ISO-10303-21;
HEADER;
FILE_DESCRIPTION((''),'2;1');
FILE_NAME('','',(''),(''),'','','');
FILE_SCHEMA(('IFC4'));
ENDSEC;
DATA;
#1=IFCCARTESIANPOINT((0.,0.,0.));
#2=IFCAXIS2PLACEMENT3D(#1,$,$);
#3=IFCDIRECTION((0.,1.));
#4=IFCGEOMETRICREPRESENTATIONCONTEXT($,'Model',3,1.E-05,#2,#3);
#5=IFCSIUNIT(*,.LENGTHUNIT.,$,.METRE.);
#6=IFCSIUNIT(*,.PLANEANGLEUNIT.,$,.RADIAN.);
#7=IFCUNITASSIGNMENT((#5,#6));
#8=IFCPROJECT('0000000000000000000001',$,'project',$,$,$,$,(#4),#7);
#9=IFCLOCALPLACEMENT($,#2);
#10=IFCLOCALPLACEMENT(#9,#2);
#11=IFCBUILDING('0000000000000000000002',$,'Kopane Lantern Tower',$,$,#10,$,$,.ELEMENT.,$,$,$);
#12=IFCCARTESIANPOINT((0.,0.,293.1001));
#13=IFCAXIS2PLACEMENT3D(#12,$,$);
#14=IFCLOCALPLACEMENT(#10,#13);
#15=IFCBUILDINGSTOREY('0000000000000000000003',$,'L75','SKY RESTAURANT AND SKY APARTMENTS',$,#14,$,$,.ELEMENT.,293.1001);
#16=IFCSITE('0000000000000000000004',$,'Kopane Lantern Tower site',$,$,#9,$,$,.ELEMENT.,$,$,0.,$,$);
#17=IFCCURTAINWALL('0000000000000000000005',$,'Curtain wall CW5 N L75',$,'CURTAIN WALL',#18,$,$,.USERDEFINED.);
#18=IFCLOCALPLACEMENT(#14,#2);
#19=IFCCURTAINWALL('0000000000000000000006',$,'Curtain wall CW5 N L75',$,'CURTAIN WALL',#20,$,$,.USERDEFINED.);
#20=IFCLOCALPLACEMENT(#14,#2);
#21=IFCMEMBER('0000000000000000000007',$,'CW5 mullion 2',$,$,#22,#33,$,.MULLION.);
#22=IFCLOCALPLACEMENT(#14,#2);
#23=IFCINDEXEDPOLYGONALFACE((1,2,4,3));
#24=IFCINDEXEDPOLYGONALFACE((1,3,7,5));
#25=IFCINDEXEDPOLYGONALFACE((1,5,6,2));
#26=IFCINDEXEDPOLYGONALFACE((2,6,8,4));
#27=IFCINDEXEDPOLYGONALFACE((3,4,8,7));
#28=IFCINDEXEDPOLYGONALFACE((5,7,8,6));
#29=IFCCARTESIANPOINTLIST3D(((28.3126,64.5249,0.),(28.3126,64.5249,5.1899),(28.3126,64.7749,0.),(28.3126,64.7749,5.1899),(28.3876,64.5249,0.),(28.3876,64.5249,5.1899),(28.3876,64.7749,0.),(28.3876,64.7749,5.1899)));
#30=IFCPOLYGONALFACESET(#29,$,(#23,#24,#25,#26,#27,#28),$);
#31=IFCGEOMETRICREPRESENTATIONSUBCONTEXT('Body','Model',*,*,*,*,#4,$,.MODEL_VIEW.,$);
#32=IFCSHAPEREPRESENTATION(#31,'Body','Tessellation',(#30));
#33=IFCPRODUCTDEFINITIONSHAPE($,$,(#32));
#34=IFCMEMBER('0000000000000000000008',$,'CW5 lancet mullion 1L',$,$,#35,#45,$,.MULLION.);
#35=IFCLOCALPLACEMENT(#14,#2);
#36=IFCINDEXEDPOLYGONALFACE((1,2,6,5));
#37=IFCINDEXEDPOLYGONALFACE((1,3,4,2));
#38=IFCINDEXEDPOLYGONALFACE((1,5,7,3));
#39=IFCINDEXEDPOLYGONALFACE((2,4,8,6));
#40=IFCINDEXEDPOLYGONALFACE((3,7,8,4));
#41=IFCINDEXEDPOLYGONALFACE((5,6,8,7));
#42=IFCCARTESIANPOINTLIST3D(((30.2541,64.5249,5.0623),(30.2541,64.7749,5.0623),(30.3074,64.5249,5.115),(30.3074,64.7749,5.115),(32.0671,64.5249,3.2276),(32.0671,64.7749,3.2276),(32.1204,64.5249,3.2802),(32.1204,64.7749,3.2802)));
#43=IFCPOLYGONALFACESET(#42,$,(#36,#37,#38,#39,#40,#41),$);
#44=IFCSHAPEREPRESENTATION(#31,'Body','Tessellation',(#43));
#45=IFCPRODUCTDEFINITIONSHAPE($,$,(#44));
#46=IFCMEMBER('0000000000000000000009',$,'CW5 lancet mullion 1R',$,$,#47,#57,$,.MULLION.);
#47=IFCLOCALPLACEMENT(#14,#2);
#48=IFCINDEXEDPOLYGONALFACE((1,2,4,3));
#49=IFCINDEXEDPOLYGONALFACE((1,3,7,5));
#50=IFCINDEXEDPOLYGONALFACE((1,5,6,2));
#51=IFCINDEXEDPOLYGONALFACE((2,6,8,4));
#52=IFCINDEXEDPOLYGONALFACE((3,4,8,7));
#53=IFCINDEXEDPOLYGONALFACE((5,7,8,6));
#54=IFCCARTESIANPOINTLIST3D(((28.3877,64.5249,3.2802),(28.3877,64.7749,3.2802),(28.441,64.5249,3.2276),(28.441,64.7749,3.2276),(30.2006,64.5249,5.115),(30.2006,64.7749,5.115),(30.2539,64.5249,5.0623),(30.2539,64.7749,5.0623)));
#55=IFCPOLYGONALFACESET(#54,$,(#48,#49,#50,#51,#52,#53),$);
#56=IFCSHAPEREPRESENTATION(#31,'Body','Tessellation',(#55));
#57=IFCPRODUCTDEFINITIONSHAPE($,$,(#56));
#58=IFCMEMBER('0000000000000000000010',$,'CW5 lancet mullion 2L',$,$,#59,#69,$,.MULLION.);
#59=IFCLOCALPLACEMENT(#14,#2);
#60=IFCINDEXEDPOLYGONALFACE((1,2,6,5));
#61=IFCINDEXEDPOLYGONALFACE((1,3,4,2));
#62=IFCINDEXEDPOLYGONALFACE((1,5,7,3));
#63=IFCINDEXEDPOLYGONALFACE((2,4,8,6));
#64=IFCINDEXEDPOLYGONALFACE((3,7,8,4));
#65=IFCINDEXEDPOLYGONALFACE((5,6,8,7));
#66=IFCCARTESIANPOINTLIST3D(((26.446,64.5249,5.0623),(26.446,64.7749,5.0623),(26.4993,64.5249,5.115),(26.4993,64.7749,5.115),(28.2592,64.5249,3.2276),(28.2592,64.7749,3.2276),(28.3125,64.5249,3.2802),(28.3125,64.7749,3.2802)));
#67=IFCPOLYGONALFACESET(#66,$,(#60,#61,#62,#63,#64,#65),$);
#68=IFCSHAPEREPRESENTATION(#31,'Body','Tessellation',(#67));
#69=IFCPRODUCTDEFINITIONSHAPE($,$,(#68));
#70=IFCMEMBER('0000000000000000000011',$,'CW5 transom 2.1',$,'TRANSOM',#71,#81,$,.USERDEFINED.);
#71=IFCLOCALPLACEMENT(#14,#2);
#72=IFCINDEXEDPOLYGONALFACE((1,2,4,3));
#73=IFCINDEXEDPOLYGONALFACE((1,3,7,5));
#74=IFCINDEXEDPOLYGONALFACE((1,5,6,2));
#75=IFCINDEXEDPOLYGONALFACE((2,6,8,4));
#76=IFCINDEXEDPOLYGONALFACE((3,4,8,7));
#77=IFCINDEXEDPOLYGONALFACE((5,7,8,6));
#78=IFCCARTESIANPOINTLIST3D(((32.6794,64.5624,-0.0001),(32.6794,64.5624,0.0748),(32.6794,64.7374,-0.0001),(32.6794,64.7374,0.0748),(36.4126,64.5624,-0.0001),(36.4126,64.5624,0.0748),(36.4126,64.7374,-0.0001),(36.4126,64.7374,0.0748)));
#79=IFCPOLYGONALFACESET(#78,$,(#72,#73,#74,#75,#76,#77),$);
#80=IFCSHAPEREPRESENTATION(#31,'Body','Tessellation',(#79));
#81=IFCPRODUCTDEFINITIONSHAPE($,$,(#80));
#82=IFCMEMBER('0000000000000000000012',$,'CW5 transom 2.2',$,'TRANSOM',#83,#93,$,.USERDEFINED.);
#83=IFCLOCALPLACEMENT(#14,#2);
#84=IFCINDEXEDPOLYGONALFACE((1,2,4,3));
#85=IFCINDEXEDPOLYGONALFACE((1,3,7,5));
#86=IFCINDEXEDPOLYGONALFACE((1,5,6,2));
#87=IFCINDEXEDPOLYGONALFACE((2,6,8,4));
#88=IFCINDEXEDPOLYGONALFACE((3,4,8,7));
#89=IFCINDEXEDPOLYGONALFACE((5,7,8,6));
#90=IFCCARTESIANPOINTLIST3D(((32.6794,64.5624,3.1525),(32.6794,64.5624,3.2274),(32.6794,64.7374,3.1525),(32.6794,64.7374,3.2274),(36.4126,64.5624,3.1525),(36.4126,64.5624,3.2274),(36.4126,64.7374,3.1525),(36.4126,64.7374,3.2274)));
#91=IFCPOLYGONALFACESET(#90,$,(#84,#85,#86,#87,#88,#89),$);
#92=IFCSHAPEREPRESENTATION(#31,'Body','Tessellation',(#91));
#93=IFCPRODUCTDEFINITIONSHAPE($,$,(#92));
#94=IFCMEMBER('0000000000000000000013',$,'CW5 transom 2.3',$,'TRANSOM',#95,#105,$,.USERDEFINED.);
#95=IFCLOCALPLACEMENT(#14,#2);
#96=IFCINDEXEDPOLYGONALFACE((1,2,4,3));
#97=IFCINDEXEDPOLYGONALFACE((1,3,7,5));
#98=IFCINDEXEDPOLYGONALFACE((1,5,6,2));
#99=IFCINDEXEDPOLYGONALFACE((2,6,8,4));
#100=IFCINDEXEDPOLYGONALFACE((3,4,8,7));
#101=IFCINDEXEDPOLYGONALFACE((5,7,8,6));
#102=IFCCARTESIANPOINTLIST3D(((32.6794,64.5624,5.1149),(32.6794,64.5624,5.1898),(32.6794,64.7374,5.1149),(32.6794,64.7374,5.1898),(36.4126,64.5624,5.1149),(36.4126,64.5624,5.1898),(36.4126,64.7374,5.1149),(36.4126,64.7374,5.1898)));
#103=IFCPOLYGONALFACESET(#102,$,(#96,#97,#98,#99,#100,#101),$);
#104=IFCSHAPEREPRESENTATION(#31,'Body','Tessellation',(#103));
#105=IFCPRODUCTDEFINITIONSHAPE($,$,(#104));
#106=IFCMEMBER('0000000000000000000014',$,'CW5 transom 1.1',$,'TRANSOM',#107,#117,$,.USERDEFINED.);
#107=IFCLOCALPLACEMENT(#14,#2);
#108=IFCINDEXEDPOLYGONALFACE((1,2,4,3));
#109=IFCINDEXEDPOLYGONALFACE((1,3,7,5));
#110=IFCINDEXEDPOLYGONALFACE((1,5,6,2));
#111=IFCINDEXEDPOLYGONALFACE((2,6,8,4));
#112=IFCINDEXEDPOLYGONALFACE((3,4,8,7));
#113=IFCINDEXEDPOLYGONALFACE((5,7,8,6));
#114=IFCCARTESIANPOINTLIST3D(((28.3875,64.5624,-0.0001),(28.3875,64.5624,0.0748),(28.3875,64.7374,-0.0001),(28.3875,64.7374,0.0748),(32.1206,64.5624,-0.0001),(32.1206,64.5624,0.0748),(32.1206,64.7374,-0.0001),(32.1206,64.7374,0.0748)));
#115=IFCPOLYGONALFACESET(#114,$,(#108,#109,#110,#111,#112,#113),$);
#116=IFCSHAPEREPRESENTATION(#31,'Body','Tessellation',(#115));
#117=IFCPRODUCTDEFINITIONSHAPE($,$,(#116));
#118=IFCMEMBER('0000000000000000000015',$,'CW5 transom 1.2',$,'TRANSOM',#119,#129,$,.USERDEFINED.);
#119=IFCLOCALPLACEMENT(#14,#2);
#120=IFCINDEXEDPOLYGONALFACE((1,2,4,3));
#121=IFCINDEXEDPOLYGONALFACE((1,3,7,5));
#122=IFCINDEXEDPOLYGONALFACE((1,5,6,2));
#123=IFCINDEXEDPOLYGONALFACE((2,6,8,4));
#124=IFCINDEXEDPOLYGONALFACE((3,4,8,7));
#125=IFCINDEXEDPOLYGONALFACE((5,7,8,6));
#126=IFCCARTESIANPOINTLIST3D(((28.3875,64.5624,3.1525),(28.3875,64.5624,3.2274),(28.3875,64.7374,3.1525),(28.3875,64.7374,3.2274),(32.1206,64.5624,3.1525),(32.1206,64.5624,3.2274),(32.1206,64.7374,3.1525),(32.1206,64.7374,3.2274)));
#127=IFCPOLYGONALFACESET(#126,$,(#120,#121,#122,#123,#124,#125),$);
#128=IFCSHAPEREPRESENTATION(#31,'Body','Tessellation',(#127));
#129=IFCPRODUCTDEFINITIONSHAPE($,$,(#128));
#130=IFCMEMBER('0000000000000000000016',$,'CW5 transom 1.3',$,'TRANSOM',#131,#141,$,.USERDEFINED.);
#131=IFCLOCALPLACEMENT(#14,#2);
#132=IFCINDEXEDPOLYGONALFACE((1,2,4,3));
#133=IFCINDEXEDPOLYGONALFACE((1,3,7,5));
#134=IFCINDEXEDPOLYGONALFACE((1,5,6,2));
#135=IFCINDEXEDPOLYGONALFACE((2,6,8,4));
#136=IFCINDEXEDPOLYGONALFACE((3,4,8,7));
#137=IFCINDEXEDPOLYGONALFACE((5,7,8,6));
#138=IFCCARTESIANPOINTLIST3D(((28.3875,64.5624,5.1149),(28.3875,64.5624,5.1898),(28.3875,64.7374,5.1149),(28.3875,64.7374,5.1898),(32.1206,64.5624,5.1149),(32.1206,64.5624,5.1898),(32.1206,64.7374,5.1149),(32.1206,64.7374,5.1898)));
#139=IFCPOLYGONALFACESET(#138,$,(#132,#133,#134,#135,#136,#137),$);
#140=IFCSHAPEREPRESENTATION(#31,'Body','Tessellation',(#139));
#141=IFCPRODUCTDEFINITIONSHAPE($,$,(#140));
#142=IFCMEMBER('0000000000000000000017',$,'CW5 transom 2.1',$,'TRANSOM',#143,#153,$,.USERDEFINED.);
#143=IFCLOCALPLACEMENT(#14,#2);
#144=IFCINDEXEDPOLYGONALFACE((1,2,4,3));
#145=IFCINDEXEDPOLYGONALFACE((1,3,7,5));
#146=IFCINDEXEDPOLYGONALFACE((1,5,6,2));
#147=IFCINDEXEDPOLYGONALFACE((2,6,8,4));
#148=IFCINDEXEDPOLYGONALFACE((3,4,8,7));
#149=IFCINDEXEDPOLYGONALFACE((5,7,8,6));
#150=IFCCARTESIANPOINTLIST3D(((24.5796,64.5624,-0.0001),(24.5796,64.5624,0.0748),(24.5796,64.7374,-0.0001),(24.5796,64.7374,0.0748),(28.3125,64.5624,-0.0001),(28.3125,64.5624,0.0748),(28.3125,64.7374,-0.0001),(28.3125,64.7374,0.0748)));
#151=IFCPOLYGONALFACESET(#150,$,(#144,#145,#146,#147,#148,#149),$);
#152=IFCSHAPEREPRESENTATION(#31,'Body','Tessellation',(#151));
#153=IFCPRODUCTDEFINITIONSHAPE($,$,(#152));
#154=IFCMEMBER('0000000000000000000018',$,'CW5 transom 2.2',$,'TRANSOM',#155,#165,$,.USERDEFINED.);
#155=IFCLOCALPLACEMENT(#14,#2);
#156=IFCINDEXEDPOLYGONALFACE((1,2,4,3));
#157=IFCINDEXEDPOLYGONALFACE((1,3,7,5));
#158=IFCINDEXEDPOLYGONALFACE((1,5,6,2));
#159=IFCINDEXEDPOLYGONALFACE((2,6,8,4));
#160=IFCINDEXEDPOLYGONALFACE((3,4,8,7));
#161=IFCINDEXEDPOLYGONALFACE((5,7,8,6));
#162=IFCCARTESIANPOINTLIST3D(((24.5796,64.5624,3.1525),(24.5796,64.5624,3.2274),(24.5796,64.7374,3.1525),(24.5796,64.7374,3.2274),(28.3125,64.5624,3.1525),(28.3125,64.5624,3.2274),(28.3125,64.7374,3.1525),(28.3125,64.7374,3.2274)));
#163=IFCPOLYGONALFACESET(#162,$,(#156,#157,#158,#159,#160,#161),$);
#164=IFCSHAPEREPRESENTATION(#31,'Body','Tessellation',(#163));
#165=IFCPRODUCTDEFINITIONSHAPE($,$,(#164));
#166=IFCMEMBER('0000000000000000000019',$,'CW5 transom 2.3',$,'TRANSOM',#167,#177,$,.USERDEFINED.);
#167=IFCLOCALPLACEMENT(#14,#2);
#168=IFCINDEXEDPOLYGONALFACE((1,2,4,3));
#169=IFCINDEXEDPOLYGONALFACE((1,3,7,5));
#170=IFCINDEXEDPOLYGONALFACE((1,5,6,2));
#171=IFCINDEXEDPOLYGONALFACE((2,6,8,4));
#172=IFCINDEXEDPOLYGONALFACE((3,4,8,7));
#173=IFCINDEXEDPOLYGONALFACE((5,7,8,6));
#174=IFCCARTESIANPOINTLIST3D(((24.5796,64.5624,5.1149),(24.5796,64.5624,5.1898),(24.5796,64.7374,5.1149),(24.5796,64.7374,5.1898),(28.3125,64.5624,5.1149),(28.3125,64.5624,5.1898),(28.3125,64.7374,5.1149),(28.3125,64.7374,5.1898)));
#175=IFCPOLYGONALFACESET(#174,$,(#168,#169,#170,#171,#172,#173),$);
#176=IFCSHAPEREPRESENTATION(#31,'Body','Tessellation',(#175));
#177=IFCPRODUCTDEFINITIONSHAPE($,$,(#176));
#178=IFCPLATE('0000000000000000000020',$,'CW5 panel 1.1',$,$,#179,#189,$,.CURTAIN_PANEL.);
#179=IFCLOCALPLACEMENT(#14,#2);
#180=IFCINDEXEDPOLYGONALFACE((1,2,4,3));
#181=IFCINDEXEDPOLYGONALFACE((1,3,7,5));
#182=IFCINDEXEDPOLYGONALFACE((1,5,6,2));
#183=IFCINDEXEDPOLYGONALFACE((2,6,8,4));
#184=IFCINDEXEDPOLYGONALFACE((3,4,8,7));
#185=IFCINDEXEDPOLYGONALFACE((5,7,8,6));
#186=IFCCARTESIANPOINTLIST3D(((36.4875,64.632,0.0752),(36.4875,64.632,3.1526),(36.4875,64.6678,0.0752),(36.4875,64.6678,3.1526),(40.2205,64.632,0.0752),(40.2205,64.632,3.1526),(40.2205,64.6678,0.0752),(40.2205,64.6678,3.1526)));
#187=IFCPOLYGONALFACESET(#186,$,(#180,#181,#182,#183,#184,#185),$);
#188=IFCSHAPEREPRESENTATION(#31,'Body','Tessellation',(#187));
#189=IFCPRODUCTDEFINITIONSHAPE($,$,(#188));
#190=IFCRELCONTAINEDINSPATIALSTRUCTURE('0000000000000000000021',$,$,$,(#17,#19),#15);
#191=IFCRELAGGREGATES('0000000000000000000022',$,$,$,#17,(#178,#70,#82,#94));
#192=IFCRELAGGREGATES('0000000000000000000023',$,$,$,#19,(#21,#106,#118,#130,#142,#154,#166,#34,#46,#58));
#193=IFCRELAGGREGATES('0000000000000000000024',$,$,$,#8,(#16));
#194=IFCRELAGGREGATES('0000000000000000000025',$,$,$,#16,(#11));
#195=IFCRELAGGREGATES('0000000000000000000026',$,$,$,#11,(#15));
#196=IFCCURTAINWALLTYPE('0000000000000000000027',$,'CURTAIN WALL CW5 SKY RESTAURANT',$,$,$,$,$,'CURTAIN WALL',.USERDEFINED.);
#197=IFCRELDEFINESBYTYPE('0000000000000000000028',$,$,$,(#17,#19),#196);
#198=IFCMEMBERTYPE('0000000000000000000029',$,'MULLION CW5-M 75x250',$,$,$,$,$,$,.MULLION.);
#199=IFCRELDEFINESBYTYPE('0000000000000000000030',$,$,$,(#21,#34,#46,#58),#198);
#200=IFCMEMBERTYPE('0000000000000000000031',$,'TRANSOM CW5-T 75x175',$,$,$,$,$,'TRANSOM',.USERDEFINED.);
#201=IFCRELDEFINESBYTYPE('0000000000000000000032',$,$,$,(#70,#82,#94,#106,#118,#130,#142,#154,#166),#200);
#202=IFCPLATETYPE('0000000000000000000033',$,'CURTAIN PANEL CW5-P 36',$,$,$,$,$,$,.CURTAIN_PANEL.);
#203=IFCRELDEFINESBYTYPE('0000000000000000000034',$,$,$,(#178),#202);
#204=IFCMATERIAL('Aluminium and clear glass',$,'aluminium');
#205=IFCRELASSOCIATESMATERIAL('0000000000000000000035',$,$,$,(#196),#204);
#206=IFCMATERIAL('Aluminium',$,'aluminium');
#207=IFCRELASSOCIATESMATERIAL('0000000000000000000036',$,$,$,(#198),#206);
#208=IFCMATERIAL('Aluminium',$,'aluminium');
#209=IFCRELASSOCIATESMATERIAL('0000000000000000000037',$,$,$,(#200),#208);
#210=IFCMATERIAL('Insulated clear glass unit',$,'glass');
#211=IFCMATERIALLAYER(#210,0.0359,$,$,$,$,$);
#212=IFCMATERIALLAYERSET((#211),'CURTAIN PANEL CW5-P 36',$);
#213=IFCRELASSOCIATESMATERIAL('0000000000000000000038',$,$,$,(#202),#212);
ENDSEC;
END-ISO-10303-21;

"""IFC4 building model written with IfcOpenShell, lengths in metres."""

from ifc_helpers import new_model, si_unit, direction, frame, origin, origin_2d, place, context, subcontext, project, spatial, rectangle, extrude, material, layer, layer_set, material_profile, profile_set, type_object, element, aggregate, save


model = new_model("IFC4")

# Units and contexts
model_context = context("Model", 3, precision=1e-05, world=origin(), true_north=direction((0.0, 1.0)))
body_context = subcontext(model_context, "Body", "Model", "MODEL_VIEW")
ifc_project = project(units=[si_unit("LENGTHUNIT", "METRE"), si_unit("PLANEANGLEUNIT", "RADIAN")], contexts=[model_context])

# Site, building, storey
site_placement = place(None, origin())
site = spatial("IfcSite", under=ifc_project, at=site_placement, Name="Kopane Lantern Tower site", CompositionType="ELEMENT", RefElevation=0.0)
building_placement = place(site_placement, origin())
building = spatial("IfcBuilding", under=site, at=building_placement, Name="Kopane Lantern Tower", CompositionType="ELEMENT")
storey_placement = place(building_placement, frame((0.0, 0.0, 293.1001)))
storey = spatial("IfcBuildingStorey", under=building, at=storey_placement, Name="L75", Description="SKY RESTAURANT AND SKY APARTMENTS", CompositionType="ELEMENT", Elevation=293.1001)

# Curtain walls, members
ifc_material_1 = material(Name="Aluminium and clear glass", Category="aluminium")
curtain_wall_type = type_object("IfcCurtainWallType", Name="CURTAIN WALL CW5 SKY RESTAURANT", ElementType="CURTAIN WALL", PredefinedType="USERDEFINED", material=ifc_material_1)
curtain_wall_1_placement = place(storey_placement, origin())
curtain_wall_1 = element("IfcCurtainWall", 1, at=curtain_wall_1_placement, inside=storey, type_object=curtain_wall_type, Name="Curtain wall CW5 N L75", ObjectType="CURTAIN WALL", PredefinedType="USERDEFINED")
ifc_material_2 = material(Name="Aluminium", Category="aluminium")
ifc_material_profile_1 = material_profile(ifc_material_2, rectangle(XDim=0.075, YDim=0.25, at=origin_2d()), Name="AL 75x250")
ifc_profile_set_1 = profile_set([ifc_material_profile_1], Name="Aluminium")
member_type_1 = type_object("IfcMemberType", Name="MULLION CW5-M 75x250", PredefinedType="MULLION", material=ifc_profile_set_1)
curtain_wall_2_placement = place(storey_placement, origin())
curtain_wall_2 = element("IfcCurtainWall", 2, at=curtain_wall_2_placement, inside=storey, type_object=curtain_wall_type, Name="Curtain wall CW5 N L75", ObjectType="CURTAIN WALL", PredefinedType="USERDEFINED")
member_1_placement = place(storey_placement, frame((28.3501, 64.6499, 0.0), z_axis=(0.0, 0.0, 1.0), x_axis=(-1.0, 0.0, 0.0)))
member_1 = element("IfcMember", 3, at=member_1_placement, type_object=member_type_1, Name="CW5 mullion 2", PredefinedType="MULLION", context=body_context, shape_type="SweptSolid", body=[
    extrude(rectangle(XDim=0.075, YDim=0.25, at=origin_2d()), origin(), (0.0, 0.0, 1.0), 5.1899),
])
member_2_placement = place(storey_placement, frame((32.0938, 64.6499, 3.2539), z_axis=(-0.702882, 0.0, 0.711306), x_axis=(0.711306, 0.0, 0.702882)))
member_2 = element("IfcMember", 4, at=member_2_placement, type_object=member_type_1, Name="CW5 lancet mullion 1L", PredefinedType="MULLION", context=body_context, shape_type="SweptSolid", body=[
    extrude(rectangle(XDim=0.075, YDim=0.25, at=origin_2d()), origin(), (0.0, 0.0, 1.0), 2.5793),
])
member_3_placement = place(storey_placement, frame((28.4143, 64.6499, 3.2539), z_axis=(0.702882, 0.0, 0.711306), x_axis=(-0.711306, 0.0, 0.702882)))
member_3 = element("IfcMember", 5, at=member_3_placement, type_object=member_type_1, Name="CW5 lancet mullion 1R", PredefinedType="MULLION", context=body_context, shape_type="SweptSolid", body=[
    extrude(rectangle(XDim=0.075, YDim=0.25, at=origin_2d()), origin(), (0.0, 0.0, 1.0), 2.5793),
])
member_4_placement = place(storey_placement, frame((28.2859, 64.6499, 3.2539), z_axis=(-0.70293, 0.0, 0.711259), x_axis=(0.711259, 0.0, 0.70293)))
member_4 = element("IfcMember", 6, at=member_4_placement, type_object=member_type_1, Name="CW5 lancet mullion 2L", PredefinedType="MULLION", context=body_context, shape_type="SweptSolid", body=[
    extrude(rectangle(XDim=0.075, YDim=0.25, at=origin_2d()), origin(), (0.0, 0.0, 1.0), 2.5796),
])

# Members
ifc_material_3 = material(Name="Aluminium", Category="aluminium")
ifc_material_profile_2 = material_profile(ifc_material_3, rectangle(XDim=0.175, YDim=0.075, at=origin_2d()), Name="AL 175x75")
ifc_profile_set_2 = profile_set([ifc_material_profile_2], Name="Aluminium")
member_type_2 = type_object("IfcMemberType", Name="TRANSOM CW5-T 75x175", ElementType="TRANSOM", PredefinedType="USERDEFINED", material=ifc_profile_set_2)
member_5_placement = place(storey_placement, frame((36.4126, 64.6499, 0.0374), z_axis=(-1.0, 0.0, 0.0), x_axis=(0.0, -1.0, 0.0)))
member_5 = element("IfcMember", 7, at=member_5_placement, type_object=member_type_2, Name="CW5 transom 2.1", ObjectType="TRANSOM", PredefinedType="USERDEFINED", context=body_context, shape_type="SweptSolid", body=[
    extrude(rectangle(XDim=0.175, YDim=0.075, at=origin_2d()), origin(), (0.0, 0.0, 1.0), 3.7332),
])
member_6_placement = place(storey_placement, frame((36.4126, 64.6499, 3.1899), z_axis=(-1.0, 0.0, 0.0), x_axis=(0.0, -1.0, 0.0)))
member_6 = element("IfcMember", 8, at=member_6_placement, type_object=member_type_2, Name="CW5 transom 2.2", ObjectType="TRANSOM", PredefinedType="USERDEFINED", context=body_context, shape_type="SweptSolid", body=[
    extrude(rectangle(XDim=0.175, YDim=0.075, at=origin_2d()), origin(), (0.0, 0.0, 1.0), 3.7332),
])
member_7_placement = place(storey_placement, frame((36.4126, 64.6499, 5.1523), z_axis=(-1.0, 0.0, 0.0), x_axis=(0.0, -1.0, 0.0)))
member_7 = element("IfcMember", 9, at=member_7_placement, type_object=member_type_2, Name="CW5 transom 2.3", ObjectType="TRANSOM", PredefinedType="USERDEFINED", context=body_context, shape_type="SweptSolid", body=[
    extrude(rectangle(XDim=0.175, YDim=0.075, at=origin_2d()), origin(), (0.0, 0.0, 1.0), 3.7332),
])
member_8_placement = place(storey_placement, frame((32.1206, 64.6499, 0.0374), z_axis=(-1.0, 0.0, 0.0), x_axis=(0.0, -1.0, 0.0)))
member_8 = element("IfcMember", 10, at=member_8_placement, type_object=member_type_2, Name="CW5 transom 1.1", ObjectType="TRANSOM", PredefinedType="USERDEFINED", context=body_context, shape_type="SweptSolid", body=[
    extrude(rectangle(XDim=0.175, YDim=0.075, at=origin_2d()), origin(), (0.0, 0.0, 1.0), 3.7332),
])
member_9_placement = place(storey_placement, frame((32.1206, 64.6499, 3.1899), z_axis=(-1.0, 0.0, 0.0), x_axis=(0.0, -1.0, 0.0)))
member_9 = element("IfcMember", 11, at=member_9_placement, type_object=member_type_2, Name="CW5 transom 1.2", ObjectType="TRANSOM", PredefinedType="USERDEFINED", context=body_context, shape_type="SweptSolid", body=[
    extrude(rectangle(XDim=0.175, YDim=0.075, at=origin_2d()), origin(), (0.0, 0.0, 1.0), 3.7332),
])
member_10_placement = place(storey_placement, frame((32.1206, 64.6499, 5.1523), z_axis=(-1.0, 0.0, 0.0), x_axis=(0.0, -1.0, 0.0)))
member_10 = element("IfcMember", 12, at=member_10_placement, type_object=member_type_2, Name="CW5 transom 1.3", ObjectType="TRANSOM", PredefinedType="USERDEFINED", context=body_context, shape_type="SweptSolid", body=[
    extrude(rectangle(XDim=0.175, YDim=0.075, at=origin_2d()), origin(), (0.0, 0.0, 1.0), 3.7332),
])
member_11_placement = place(storey_placement, frame((28.3125, 64.6499, 0.0374), z_axis=(-1.0, 0.0, 0.0), x_axis=(0.0, -1.0, 0.0)))
member_11 = element("IfcMember", 13, at=member_11_placement, type_object=member_type_2, Name="CW5 transom 2.1", ObjectType="TRANSOM", PredefinedType="USERDEFINED", context=body_context, shape_type="SweptSolid", body=[
    extrude(rectangle(XDim=0.175, YDim=0.075, at=origin_2d()), origin(), (0.0, 0.0, 1.0), 3.7329),
])
member_12_placement = place(storey_placement, frame((28.3125, 64.6499, 3.1899), z_axis=(-1.0, 0.0, 0.0), x_axis=(0.0, -1.0, 0.0)))
member_12 = element("IfcMember", 14, at=member_12_placement, type_object=member_type_2, Name="CW5 transom 2.2", ObjectType="TRANSOM", PredefinedType="USERDEFINED", context=body_context, shape_type="SweptSolid", body=[
    extrude(rectangle(XDim=0.175, YDim=0.075, at=origin_2d()), origin(), (0.0, 0.0, 1.0), 3.7329),
])
member_13_placement = place(storey_placement, frame((28.3125, 64.6499, 5.1523), z_axis=(-1.0, 0.0, 0.0), x_axis=(0.0, -1.0, 0.0)))
member_13 = element("IfcMember", 15, at=member_13_placement, type_object=member_type_2, Name="CW5 transom 2.3", ObjectType="TRANSOM", PredefinedType="USERDEFINED", context=body_context, shape_type="SweptSolid", body=[
    extrude(rectangle(XDim=0.175, YDim=0.075, at=origin_2d()), origin(), (0.0, 0.0, 1.0), 3.7329),
])

# Plate
ifc_material_4 = material(Name="Insulated clear glass unit", Category="glass")
ifc_layer = layer(ifc_material_4, 0.0359)
ifc_layer_set = layer_set([ifc_layer], Name="CURTAIN PANEL CW5-P 36")
plate_type = type_object("IfcPlateType", Name="CURTAIN PANEL CW5-P 36", PredefinedType="CURTAIN_PANEL", material=ifc_layer_set)
plate_1_placement = place(storey_placement, frame((38.354, 64.6499, 0.0752), z_axis=(0.0, 0.0, 1.0), x_axis=(-1.0, 0.0, 0.0)))
plate_1 = element("IfcPlate", 16, at=plate_1_placement, type_object=plate_type, Name="CW5 panel 1.1", PredefinedType="CURTAIN_PANEL", context=body_context, shape_type="SweptSolid", body=[
    extrude(rectangle(XDim=3.7329, YDim=0.0359, at=origin_2d()), origin(), (0.0, 0.0, 1.0), 3.0774),
])
aggregate(curtain_wall_1, [plate_1, member_5, member_6, member_7])
aggregate(curtain_wall_2, [member_1, member_8, member_9, member_10, member_11, member_12, member_13, member_2, member_3, member_4])

save(model, "model.ifc")
